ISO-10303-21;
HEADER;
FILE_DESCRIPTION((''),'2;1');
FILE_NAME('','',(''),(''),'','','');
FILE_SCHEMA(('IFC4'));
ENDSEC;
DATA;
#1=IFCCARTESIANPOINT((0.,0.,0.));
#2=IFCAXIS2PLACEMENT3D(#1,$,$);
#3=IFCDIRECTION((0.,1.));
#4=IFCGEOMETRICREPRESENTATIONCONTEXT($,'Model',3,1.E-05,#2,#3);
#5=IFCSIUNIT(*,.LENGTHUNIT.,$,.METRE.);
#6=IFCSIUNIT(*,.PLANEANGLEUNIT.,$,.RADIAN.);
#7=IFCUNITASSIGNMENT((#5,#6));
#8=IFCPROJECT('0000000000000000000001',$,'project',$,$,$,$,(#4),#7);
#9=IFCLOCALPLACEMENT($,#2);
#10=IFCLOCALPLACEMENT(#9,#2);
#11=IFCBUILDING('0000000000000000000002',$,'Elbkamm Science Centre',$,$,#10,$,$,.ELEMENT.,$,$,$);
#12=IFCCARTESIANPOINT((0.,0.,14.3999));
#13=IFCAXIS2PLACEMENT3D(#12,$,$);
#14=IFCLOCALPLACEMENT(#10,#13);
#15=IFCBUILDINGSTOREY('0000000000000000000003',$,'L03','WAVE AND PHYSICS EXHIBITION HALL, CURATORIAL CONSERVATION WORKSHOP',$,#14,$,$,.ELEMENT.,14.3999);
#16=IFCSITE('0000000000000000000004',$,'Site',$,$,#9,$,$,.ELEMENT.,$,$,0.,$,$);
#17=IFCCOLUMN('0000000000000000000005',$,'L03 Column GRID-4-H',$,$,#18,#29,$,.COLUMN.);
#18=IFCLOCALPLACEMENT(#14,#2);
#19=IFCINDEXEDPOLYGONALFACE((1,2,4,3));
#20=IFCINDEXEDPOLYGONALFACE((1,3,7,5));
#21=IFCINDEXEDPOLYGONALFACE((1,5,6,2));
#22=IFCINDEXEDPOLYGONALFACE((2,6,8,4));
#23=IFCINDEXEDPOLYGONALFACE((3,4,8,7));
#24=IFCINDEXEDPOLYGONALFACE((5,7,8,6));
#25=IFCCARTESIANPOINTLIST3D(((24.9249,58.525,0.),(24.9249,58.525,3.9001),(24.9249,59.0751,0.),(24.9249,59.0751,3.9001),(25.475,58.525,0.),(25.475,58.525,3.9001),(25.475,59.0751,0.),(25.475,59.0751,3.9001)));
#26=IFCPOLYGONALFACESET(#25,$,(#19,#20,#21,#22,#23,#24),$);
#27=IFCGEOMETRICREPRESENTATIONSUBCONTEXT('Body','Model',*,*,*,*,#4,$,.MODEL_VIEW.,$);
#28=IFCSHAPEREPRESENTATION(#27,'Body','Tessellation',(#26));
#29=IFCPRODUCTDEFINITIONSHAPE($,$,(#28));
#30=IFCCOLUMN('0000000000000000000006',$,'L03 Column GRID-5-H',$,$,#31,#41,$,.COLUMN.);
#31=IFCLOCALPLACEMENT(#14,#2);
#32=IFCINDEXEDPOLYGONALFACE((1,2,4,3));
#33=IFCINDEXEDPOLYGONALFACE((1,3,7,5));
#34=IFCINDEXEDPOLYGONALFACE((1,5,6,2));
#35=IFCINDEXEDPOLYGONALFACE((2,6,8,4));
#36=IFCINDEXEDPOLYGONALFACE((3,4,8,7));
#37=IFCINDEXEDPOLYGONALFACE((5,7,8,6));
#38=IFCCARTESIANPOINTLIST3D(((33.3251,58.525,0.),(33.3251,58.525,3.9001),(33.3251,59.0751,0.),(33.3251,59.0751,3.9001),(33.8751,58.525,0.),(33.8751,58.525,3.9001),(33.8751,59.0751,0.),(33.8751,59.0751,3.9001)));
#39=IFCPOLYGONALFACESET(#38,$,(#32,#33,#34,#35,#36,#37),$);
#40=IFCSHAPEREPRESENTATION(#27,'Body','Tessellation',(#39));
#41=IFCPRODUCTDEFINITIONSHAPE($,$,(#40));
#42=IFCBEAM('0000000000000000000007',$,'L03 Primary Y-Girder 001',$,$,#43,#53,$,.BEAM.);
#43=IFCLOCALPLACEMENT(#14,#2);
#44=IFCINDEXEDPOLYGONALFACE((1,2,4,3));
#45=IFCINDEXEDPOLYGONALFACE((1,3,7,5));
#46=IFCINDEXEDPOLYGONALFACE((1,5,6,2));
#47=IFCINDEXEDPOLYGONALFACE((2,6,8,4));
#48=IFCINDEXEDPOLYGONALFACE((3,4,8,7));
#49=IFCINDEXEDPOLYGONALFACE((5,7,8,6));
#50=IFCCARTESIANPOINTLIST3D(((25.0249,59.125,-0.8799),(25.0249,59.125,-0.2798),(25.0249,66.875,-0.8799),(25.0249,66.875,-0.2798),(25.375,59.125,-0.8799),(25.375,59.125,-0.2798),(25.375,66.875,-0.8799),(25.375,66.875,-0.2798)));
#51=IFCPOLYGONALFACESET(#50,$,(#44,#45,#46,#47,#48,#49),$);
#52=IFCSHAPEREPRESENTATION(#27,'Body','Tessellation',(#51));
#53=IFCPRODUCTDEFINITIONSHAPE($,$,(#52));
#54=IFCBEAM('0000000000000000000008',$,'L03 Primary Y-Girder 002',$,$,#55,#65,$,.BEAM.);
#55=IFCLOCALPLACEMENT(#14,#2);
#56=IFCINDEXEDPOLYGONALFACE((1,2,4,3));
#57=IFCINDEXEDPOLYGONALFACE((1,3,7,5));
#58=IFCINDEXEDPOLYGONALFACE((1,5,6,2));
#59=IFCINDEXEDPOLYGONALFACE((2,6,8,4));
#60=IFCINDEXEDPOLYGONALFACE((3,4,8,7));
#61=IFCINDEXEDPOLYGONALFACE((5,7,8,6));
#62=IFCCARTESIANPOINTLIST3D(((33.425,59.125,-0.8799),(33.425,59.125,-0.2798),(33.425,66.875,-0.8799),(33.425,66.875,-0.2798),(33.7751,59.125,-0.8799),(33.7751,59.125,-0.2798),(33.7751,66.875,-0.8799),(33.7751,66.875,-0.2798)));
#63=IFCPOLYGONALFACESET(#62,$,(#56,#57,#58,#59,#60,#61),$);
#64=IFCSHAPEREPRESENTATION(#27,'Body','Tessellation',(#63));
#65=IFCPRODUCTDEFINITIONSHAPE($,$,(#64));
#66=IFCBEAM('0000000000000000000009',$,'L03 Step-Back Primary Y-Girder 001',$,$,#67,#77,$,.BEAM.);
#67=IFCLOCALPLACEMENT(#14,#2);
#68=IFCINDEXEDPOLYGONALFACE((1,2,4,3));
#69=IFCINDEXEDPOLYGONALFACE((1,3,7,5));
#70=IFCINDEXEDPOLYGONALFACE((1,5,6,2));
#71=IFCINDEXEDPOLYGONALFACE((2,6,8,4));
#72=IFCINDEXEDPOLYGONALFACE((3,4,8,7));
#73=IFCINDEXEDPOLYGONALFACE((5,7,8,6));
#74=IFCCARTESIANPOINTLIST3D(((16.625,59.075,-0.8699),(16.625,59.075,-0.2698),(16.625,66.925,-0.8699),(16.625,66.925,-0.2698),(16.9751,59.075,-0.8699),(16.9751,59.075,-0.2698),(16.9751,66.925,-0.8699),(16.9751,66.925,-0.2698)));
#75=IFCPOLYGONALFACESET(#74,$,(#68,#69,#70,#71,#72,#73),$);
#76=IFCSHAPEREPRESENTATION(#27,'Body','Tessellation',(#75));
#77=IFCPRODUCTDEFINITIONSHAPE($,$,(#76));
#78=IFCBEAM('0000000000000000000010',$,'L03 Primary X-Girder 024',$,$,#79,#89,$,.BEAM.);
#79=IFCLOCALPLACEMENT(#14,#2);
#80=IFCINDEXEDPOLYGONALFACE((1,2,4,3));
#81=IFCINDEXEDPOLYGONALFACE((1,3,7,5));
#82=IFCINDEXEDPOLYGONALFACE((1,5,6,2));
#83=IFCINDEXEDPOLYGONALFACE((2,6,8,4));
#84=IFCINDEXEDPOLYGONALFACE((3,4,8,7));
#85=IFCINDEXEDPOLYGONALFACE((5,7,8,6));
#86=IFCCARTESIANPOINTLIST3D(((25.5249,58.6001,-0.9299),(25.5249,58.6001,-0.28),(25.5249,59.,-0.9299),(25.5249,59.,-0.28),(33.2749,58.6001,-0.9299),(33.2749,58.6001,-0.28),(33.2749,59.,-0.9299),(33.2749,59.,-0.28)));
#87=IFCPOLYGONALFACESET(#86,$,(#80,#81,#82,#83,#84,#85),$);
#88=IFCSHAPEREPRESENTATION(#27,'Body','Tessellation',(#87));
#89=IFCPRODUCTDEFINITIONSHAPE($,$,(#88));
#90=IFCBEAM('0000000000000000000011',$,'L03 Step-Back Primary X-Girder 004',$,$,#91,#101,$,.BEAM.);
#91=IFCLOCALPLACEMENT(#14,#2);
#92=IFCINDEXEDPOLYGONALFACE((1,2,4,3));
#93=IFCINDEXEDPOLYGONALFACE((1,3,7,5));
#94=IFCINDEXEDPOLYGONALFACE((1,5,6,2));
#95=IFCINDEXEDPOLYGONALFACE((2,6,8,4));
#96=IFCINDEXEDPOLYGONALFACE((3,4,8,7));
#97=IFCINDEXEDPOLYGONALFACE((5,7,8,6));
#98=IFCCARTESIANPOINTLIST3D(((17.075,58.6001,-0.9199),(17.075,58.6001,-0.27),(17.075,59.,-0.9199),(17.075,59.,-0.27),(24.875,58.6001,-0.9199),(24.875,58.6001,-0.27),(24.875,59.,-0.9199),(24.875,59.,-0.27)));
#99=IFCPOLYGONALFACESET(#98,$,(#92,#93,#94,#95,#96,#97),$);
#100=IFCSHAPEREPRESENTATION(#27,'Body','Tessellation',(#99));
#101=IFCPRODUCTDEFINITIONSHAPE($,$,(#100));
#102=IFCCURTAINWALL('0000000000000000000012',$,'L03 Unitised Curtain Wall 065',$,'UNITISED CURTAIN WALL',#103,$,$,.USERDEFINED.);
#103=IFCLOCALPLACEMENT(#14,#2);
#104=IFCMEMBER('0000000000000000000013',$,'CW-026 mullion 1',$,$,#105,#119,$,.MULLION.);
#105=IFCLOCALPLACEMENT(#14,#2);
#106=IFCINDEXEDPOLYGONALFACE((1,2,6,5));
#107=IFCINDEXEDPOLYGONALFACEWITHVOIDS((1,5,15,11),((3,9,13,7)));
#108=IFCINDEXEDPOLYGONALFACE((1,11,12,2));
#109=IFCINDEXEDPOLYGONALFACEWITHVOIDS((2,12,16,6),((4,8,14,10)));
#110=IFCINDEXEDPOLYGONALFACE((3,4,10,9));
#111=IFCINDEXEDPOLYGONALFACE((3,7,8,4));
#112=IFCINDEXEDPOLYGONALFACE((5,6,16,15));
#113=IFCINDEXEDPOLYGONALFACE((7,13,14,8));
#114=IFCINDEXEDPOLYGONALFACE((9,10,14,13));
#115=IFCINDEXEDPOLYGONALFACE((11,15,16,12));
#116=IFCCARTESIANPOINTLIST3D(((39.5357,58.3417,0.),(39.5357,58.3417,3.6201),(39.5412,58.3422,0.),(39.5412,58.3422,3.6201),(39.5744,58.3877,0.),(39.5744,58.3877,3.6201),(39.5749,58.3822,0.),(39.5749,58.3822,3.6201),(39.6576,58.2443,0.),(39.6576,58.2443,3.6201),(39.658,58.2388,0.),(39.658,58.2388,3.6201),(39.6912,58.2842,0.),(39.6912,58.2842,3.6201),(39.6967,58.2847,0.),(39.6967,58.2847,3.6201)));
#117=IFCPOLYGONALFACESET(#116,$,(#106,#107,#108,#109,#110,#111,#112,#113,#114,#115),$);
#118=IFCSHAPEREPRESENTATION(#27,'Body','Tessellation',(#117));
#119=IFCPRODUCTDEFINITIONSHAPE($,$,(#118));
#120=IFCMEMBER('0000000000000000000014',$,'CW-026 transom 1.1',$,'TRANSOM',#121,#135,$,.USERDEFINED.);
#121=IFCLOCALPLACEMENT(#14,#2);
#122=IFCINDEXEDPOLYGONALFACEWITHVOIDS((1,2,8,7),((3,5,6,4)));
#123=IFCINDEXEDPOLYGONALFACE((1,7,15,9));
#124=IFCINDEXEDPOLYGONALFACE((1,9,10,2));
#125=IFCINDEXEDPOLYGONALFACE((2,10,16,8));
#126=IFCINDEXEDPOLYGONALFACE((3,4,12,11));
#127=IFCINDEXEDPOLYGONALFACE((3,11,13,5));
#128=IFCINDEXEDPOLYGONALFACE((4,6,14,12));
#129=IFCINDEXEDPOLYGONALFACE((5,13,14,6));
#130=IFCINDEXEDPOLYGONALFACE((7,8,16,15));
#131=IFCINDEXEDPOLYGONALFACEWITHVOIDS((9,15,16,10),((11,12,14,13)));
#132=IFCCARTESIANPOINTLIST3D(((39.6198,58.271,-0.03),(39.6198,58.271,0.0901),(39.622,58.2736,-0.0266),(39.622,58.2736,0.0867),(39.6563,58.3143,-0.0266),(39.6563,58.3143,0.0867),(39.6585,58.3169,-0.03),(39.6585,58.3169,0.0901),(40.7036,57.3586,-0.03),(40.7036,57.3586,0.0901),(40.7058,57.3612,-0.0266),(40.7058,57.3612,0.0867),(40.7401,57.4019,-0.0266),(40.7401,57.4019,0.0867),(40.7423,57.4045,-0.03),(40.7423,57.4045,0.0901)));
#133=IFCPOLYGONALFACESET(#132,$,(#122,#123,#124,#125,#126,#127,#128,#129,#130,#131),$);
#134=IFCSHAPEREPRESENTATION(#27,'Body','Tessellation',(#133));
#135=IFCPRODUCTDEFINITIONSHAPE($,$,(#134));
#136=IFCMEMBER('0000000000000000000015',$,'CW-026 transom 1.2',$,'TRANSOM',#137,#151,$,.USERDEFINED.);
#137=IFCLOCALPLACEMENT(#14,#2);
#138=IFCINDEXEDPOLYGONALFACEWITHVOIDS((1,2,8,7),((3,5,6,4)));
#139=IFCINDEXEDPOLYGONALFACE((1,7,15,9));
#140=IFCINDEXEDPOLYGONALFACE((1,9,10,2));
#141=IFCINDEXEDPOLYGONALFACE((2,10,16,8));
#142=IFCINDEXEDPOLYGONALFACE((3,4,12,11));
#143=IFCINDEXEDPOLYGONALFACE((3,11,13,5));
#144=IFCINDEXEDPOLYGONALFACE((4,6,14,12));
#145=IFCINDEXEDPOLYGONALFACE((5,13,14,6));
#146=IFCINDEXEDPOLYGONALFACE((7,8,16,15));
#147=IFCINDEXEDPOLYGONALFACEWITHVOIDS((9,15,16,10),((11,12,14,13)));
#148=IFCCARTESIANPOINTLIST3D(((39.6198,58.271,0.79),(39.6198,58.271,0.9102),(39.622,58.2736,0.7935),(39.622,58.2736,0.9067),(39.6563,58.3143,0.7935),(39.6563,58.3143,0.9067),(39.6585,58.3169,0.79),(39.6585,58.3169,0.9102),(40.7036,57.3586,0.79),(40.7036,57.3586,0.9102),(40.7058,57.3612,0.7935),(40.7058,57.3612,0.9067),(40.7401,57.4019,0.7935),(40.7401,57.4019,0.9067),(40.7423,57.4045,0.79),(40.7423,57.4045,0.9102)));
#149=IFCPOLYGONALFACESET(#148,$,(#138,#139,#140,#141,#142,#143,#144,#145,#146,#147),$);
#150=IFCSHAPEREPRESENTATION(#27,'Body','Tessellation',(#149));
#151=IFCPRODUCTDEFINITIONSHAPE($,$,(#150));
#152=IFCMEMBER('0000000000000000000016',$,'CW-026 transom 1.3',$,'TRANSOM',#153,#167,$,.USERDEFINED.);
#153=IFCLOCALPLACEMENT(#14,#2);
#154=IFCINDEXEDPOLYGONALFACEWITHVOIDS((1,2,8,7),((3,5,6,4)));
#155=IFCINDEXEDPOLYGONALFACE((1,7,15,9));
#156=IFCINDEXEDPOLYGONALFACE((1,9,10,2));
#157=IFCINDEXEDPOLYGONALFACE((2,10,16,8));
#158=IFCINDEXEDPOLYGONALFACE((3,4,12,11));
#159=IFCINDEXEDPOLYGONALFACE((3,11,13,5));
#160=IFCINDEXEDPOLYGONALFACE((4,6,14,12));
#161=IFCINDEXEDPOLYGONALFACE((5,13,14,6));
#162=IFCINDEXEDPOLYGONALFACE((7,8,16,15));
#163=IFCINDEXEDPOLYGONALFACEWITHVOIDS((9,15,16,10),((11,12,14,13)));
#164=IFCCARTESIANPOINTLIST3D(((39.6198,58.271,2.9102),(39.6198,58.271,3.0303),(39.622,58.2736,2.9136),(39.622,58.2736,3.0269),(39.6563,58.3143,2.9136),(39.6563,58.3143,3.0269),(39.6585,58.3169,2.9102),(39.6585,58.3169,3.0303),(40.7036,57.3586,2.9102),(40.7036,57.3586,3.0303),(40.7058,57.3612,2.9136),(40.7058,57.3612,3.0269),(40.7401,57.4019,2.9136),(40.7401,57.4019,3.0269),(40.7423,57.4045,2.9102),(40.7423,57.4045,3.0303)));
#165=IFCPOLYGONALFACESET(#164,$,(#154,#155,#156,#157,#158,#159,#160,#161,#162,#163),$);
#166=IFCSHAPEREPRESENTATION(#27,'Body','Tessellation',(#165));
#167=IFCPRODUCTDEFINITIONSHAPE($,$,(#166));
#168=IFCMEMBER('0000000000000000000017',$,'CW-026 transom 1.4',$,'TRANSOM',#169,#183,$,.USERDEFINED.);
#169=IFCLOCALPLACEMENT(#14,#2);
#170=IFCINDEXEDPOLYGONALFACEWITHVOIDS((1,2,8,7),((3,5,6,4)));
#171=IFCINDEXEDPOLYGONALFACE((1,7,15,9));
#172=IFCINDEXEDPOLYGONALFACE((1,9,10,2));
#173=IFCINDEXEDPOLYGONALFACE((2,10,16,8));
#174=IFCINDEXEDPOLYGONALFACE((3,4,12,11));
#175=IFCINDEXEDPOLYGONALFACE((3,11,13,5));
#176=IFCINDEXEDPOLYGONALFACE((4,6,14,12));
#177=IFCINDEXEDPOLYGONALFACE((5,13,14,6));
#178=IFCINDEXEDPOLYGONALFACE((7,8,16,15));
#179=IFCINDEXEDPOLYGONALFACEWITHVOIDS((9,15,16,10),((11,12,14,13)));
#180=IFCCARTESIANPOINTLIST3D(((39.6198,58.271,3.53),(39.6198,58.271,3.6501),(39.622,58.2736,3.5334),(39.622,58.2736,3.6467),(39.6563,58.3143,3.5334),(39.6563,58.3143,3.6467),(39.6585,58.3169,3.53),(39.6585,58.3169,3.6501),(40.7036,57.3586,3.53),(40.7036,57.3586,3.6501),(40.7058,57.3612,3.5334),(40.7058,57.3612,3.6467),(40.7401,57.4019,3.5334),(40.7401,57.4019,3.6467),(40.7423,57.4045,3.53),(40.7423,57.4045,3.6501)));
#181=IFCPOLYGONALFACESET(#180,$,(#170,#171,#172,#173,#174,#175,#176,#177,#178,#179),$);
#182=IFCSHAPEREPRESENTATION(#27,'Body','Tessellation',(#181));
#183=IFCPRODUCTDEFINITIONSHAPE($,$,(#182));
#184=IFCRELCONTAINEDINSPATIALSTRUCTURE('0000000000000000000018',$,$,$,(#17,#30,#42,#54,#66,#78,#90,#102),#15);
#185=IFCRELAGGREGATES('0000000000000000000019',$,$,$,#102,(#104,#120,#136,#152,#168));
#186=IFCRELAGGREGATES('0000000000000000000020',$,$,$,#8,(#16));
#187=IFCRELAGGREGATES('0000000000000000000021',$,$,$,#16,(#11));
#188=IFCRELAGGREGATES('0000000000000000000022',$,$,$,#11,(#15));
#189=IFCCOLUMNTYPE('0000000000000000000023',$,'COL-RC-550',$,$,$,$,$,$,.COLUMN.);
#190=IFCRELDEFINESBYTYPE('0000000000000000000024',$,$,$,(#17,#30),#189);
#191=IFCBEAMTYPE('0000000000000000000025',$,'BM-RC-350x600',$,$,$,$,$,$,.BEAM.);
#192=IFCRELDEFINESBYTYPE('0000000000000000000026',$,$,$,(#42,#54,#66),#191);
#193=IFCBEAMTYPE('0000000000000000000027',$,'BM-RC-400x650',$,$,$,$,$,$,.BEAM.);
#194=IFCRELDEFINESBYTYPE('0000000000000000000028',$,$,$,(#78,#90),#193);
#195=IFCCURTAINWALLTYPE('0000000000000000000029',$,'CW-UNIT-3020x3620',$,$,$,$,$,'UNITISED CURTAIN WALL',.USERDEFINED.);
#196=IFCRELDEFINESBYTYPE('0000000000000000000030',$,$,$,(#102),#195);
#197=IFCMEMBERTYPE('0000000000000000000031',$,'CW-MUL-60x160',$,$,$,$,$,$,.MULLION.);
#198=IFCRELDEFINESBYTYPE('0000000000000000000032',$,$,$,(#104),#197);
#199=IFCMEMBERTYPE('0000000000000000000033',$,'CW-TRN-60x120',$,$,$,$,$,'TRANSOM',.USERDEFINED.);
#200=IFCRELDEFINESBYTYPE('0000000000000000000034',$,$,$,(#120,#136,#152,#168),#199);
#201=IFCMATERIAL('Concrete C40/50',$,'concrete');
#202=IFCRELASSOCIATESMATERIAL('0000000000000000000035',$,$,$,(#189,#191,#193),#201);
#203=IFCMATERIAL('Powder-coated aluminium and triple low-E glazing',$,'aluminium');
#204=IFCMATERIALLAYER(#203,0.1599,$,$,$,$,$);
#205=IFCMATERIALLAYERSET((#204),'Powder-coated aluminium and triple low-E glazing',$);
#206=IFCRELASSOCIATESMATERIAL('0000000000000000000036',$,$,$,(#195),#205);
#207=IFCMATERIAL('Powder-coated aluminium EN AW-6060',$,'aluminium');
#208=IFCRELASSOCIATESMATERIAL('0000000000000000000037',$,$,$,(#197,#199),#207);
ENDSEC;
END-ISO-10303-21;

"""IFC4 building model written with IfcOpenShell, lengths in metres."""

from ifc_helpers import new_model, si_unit, direction, frame, origin, origin_2d, place, context, subcontext, project, spatial, rectangle, hollow_rectangle, extrude, material, layer, layer_set, material_profile, profile_set, type_object, element, aggregate, save


model = new_model("IFC4")

# Units and contexts
model_context = context("Model", 3, precision=1e-05, world=origin(), true_north=direction((0.0, 1.0)))
body_context = subcontext(model_context, "Body", "Model", "MODEL_VIEW")
ifc_project = project(units=[si_unit("LENGTHUNIT", "METRE"), si_unit("PLANEANGLEUNIT", "RADIAN")], contexts=[model_context])

# Site, building, storey
site_placement = place(None, origin())
site = spatial("IfcSite", under=ifc_project, at=site_placement, Name="Site", CompositionType="ELEMENT", RefElevation=0.0)
building_placement = place(site_placement, origin())
building = spatial("IfcBuilding", under=site, at=building_placement, Name="Elbkamm Science Centre", CompositionType="ELEMENT")
storey_placement = place(building_placement, frame((0.0, 0.0, 14.3999)))
storey = spatial("IfcBuildingStorey", under=building, at=storey_placement, Name="L03", Description="WAVE AND PHYSICS EXHIBITION HALL, CURATORIAL CONSERVATION WORKSHOP", CompositionType="ELEMENT", Elevation=14.3999)

# Columns
ifc_material_1 = material(Name="Concrete C40/50", Category="concrete")
ifc_material_profile_1 = material_profile(ifc_material_1, rectangle(XDim=0.55, YDim=0.55, at=origin_2d()), Name="RC 550x550")
ifc_profile_set_1 = profile_set([ifc_material_profile_1], Name="Concrete C40/50")
column_type = type_object("IfcColumnType", Name="COL-RC-550", PredefinedType="COLUMN", material=ifc_profile_set_1)
for number, where, z_axis, x_axis, name in (
    (1, (25.2, 58.8, 0.0), (0.0, 0.0, 1.0), (1.0, 0.0, 0.0), "L03 Column GRID-4-H"),
    (2, (33.6001, 58.8, 0.0), (0.0, 0.0, 1.0), (1.0, 0.0, 0.0), "L03 Column GRID-5-H"),
):
    element("IfcColumn", number, at=place(storey_placement, frame(where, z_axis=z_axis, x_axis=x_axis)), inside=storey, type_object=column_type, Name=name, PredefinedType="COLUMN", context=body_context, shape_type="SweptSolid", body=[
        extrude(rectangle(XDim=0.55, YDim=0.55, at=origin_2d()), origin(), (0.0, 0.0, 1.0), 3.9001),
    ])

# Beams
ifc_material_profile_2 = material_profile(ifc_material_1, rectangle(XDim=0.3501, YDim=0.6001, at=origin_2d()), Name="RC 350x600")
ifc_profile_set_2 = profile_set([ifc_material_profile_2], Name="Concrete C40/50")
beam_type_1 = type_object("IfcBeamType", Name="BM-RC-350x600", PredefinedType="BEAM", material=ifc_profile_set_2)
for number, where, z_axis, x_axis, name in (
    (3, (25.2, 59.125, -0.5798), (0.0, 1.0, 0.0), (-1.0, 0.0, 0.0), "L03 Primary Y-Girder 001"),
    (4, (33.6001, 59.125, -0.5798), (0.0, 1.0, 0.0), (-1.0, 0.0, 0.0), "L03 Primary Y-Girder 002"),
):
    element("IfcBeam", number, at=place(storey_placement, frame(where, z_axis=z_axis, x_axis=x_axis)), inside=storey, type_object=beam_type_1, Name=name, PredefinedType="BEAM", context=body_context, shape_type="SweptSolid", body=[
        extrude(rectangle(XDim=0.3501, YDim=0.6001, at=origin_2d()), origin(), (0.0, 0.0, 1.0), 7.75),
    ])
beam_1_placement = place(storey_placement, frame((16.8, 59.075, -0.5698), z_axis=(0.0, 1.0, 0.0), x_axis=(-1.0, 0.0, 0.0)))
element("IfcBeam", 5, at=beam_1_placement, inside=storey, type_object=beam_type_1, Name="L03 Step-Back Primary Y-Girder 001", PredefinedType="BEAM", context=body_context, shape_type="SweptSolid", body=[
    extrude(rectangle(XDim=0.3501, YDim=0.6001, at=origin_2d()), origin(), (0.0, 0.0, 1.0), 7.8501),
])
ifc_material_profile_3 = material_profile(ifc_material_1, rectangle(XDim=0.3999, YDim=0.6499, at=origin_2d()), Name="RC 400x650")
ifc_profile_set_3 = profile_set([ifc_material_profile_3], Name="Concrete C40/50")
beam_type_2 = type_object("IfcBeamType", Name="BM-RC-400x650", PredefinedType="BEAM", material=ifc_profile_set_3)
beam_2_placement = place(storey_placement, frame((25.5249, 58.8, -0.605), z_axis=(1.0, 0.0, 0.0), x_axis=(0.0, 1.0, 0.0)))
element("IfcBeam", 6, at=beam_2_placement, inside=storey, type_object=beam_type_2, Name="L03 Primary X-Girder 024", PredefinedType="BEAM", context=body_context, shape_type="SweptSolid", body=[
    extrude(rectangle(XDim=0.3999, YDim=0.6499, at=origin_2d()), origin(), (0.0, 0.0, 1.0), 7.75),
])
beam_3_placement = place(storey_placement, frame((17.075, 58.8, -0.595), z_axis=(1.0, 0.0, 0.0), x_axis=(0.0, 1.0, 0.0)))
element("IfcBeam", 7, at=beam_3_placement, inside=storey, type_object=beam_type_2, Name="L03 Step-Back Primary X-Girder 004", PredefinedType="BEAM", context=body_context, shape_type="SweptSolid", body=[
    extrude(rectangle(XDim=0.3999, YDim=0.6499, at=origin_2d()), origin(), (0.0, 0.0, 1.0), 7.8),
])

# Curtain wall, members
ifc_material_2 = material(Name="Powder-coated aluminium and triple low-E glazing", Category="aluminium")
ifc_layer_1 = layer(ifc_material_2, 0.1599)
ifc_layer_set_1 = layer_set([ifc_layer_1], Name="Powder-coated aluminium and triple low-E glazing")
curtain_wall_type = type_object("IfcCurtainWallType", Name="CW-UNIT-3020x3620", ElementType="UNITISED CURTAIN WALL", PredefinedType="USERDEFINED", material=ifc_layer_set_1)
curtain_wall_placement = place(storey_placement, origin())
curtain_wall = element("IfcCurtainWall", 8, at=curtain_wall_placement, inside=storey, type_object=curtain_wall_type, Name="L03 Unitised Curtain Wall 065", ObjectType="UNITISED CURTAIN WALL", PredefinedType="USERDEFINED")
ifc_material_3 = material(Name="Powder-coated aluminium EN AW-6060", Category="aluminium")
ifc_material_profile_4 = material_profile(ifc_material_3, hollow_rectangle(XDim=0.0601, YDim=0.1599, WallThickness=0.0039, at=origin_2d()), Name="ALU M60x160")
ifc_profile_set_4 = profile_set([ifc_material_profile_4], Name="Powder-coated aluminium EN AW-6060")
member_type_1 = type_object("IfcMemberType", Name="CW-MUL-60x160", PredefinedType="MULLION", material=ifc_profile_set_4)
member_1_placement = place(storey_placement, frame((39.6162, 58.3132, 0.0), z_axis=(0.0, 0.0, 1.0), x_axis=(0.643957, 0.765062, 0.0)))
member_1 = element("IfcMember", 9, at=member_1_placement, type_object=member_type_1, Name="CW-026 mullion 1", PredefinedType="MULLION", context=body_context, shape_type="SweptSolid", body=[
    extrude(hollow_rectangle(XDim=0.0601, YDim=0.1599, WallThickness=0.0039, at=origin_2d()), origin(), (0.0, 0.0, 1.0), 3.6201),
])
ifc_material_profile_5 = material_profile(ifc_material_3, hollow_rectangle(XDim=0.0601, YDim=0.1201, WallThickness=0.0034, at=origin_2d()), Name="ALU T60x120")
ifc_profile_set_5 = profile_set([ifc_material_profile_5], Name="Powder-coated aluminium EN AW-6060")
member_type_2 = type_object("IfcMemberType", Name="CW-TRN-60x120", ElementType="TRANSOM", PredefinedType="USERDEFINED", material=ifc_profile_set_5)
member_2_placement = place(storey_placement, frame((39.6392, 58.2939, 0.03), z_axis=(0.765005, -0.644024, 0.0), x_axis=(0.644024, 0.765005, 0.0)))
member_2 = element("IfcMember", 10, at=member_2_placement, type_object=member_type_2, Name="CW-026 transom 1.1", ObjectType="TRANSOM", PredefinedType="USERDEFINED", context=body_context, shape_type="SweptSolid", body=[
    extrude(hollow_rectangle(XDim=0.0601, YDim=0.1201, WallThickness=0.0034, at=origin_2d()), origin(), (0.0, 0.0, 1.0), 1.4167),
])
member_3_placement = place(storey_placement, frame((39.6392, 58.2939, 0.8501), z_axis=(0.765005, -0.644024, 0.0), x_axis=(0.644024, 0.765005, 0.0)))
member_3 = element("IfcMember", 11, at=member_3_placement, type_object=member_type_2, Name="CW-026 transom 1.2", ObjectType="TRANSOM", PredefinedType="USERDEFINED", context=body_context, shape_type="SweptSolid", body=[
    extrude(hollow_rectangle(XDim=0.0601, YDim=0.1201, WallThickness=0.0034, at=origin_2d()), origin(), (0.0, 0.0, 1.0), 1.4167),
])
member_4_placement = place(storey_placement, frame((39.6392, 58.2939, 2.9702), z_axis=(0.765005, -0.644024, 0.0), x_axis=(0.644024, 0.765005, 0.0)))
member_4 = element("IfcMember", 12, at=member_4_placement, type_object=member_type_2, Name="CW-026 transom 1.3", ObjectType="TRANSOM", PredefinedType="USERDEFINED", context=body_context, shape_type="SweptSolid", body=[
    extrude(hollow_rectangle(XDim=0.0601, YDim=0.1201, WallThickness=0.0034, at=origin_2d()), origin(), (0.0, 0.0, 1.0), 1.4167),
])
member_5_placement = place(storey_placement, frame((39.6392, 58.2939, 3.5901), z_axis=(0.765005, -0.644024, 0.0), x_axis=(0.644024, 0.765005, 0.0)))
member_5 = element("IfcMember", 13, at=member_5_placement, type_object=member_type_2, Name="CW-026 transom 1.4", ObjectType="TRANSOM", PredefinedType="USERDEFINED", context=body_context, shape_type="SweptSolid", body=[
    extrude(hollow_rectangle(XDim=0.0601, YDim=0.1201, WallThickness=0.0034, at=origin_2d()), origin(), (0.0, 0.0, 1.0), 1.4167),
])

aggregate(curtain_wall, [member_1, member_2, member_3, member_4, member_5])

save(model, "model.ifc")
